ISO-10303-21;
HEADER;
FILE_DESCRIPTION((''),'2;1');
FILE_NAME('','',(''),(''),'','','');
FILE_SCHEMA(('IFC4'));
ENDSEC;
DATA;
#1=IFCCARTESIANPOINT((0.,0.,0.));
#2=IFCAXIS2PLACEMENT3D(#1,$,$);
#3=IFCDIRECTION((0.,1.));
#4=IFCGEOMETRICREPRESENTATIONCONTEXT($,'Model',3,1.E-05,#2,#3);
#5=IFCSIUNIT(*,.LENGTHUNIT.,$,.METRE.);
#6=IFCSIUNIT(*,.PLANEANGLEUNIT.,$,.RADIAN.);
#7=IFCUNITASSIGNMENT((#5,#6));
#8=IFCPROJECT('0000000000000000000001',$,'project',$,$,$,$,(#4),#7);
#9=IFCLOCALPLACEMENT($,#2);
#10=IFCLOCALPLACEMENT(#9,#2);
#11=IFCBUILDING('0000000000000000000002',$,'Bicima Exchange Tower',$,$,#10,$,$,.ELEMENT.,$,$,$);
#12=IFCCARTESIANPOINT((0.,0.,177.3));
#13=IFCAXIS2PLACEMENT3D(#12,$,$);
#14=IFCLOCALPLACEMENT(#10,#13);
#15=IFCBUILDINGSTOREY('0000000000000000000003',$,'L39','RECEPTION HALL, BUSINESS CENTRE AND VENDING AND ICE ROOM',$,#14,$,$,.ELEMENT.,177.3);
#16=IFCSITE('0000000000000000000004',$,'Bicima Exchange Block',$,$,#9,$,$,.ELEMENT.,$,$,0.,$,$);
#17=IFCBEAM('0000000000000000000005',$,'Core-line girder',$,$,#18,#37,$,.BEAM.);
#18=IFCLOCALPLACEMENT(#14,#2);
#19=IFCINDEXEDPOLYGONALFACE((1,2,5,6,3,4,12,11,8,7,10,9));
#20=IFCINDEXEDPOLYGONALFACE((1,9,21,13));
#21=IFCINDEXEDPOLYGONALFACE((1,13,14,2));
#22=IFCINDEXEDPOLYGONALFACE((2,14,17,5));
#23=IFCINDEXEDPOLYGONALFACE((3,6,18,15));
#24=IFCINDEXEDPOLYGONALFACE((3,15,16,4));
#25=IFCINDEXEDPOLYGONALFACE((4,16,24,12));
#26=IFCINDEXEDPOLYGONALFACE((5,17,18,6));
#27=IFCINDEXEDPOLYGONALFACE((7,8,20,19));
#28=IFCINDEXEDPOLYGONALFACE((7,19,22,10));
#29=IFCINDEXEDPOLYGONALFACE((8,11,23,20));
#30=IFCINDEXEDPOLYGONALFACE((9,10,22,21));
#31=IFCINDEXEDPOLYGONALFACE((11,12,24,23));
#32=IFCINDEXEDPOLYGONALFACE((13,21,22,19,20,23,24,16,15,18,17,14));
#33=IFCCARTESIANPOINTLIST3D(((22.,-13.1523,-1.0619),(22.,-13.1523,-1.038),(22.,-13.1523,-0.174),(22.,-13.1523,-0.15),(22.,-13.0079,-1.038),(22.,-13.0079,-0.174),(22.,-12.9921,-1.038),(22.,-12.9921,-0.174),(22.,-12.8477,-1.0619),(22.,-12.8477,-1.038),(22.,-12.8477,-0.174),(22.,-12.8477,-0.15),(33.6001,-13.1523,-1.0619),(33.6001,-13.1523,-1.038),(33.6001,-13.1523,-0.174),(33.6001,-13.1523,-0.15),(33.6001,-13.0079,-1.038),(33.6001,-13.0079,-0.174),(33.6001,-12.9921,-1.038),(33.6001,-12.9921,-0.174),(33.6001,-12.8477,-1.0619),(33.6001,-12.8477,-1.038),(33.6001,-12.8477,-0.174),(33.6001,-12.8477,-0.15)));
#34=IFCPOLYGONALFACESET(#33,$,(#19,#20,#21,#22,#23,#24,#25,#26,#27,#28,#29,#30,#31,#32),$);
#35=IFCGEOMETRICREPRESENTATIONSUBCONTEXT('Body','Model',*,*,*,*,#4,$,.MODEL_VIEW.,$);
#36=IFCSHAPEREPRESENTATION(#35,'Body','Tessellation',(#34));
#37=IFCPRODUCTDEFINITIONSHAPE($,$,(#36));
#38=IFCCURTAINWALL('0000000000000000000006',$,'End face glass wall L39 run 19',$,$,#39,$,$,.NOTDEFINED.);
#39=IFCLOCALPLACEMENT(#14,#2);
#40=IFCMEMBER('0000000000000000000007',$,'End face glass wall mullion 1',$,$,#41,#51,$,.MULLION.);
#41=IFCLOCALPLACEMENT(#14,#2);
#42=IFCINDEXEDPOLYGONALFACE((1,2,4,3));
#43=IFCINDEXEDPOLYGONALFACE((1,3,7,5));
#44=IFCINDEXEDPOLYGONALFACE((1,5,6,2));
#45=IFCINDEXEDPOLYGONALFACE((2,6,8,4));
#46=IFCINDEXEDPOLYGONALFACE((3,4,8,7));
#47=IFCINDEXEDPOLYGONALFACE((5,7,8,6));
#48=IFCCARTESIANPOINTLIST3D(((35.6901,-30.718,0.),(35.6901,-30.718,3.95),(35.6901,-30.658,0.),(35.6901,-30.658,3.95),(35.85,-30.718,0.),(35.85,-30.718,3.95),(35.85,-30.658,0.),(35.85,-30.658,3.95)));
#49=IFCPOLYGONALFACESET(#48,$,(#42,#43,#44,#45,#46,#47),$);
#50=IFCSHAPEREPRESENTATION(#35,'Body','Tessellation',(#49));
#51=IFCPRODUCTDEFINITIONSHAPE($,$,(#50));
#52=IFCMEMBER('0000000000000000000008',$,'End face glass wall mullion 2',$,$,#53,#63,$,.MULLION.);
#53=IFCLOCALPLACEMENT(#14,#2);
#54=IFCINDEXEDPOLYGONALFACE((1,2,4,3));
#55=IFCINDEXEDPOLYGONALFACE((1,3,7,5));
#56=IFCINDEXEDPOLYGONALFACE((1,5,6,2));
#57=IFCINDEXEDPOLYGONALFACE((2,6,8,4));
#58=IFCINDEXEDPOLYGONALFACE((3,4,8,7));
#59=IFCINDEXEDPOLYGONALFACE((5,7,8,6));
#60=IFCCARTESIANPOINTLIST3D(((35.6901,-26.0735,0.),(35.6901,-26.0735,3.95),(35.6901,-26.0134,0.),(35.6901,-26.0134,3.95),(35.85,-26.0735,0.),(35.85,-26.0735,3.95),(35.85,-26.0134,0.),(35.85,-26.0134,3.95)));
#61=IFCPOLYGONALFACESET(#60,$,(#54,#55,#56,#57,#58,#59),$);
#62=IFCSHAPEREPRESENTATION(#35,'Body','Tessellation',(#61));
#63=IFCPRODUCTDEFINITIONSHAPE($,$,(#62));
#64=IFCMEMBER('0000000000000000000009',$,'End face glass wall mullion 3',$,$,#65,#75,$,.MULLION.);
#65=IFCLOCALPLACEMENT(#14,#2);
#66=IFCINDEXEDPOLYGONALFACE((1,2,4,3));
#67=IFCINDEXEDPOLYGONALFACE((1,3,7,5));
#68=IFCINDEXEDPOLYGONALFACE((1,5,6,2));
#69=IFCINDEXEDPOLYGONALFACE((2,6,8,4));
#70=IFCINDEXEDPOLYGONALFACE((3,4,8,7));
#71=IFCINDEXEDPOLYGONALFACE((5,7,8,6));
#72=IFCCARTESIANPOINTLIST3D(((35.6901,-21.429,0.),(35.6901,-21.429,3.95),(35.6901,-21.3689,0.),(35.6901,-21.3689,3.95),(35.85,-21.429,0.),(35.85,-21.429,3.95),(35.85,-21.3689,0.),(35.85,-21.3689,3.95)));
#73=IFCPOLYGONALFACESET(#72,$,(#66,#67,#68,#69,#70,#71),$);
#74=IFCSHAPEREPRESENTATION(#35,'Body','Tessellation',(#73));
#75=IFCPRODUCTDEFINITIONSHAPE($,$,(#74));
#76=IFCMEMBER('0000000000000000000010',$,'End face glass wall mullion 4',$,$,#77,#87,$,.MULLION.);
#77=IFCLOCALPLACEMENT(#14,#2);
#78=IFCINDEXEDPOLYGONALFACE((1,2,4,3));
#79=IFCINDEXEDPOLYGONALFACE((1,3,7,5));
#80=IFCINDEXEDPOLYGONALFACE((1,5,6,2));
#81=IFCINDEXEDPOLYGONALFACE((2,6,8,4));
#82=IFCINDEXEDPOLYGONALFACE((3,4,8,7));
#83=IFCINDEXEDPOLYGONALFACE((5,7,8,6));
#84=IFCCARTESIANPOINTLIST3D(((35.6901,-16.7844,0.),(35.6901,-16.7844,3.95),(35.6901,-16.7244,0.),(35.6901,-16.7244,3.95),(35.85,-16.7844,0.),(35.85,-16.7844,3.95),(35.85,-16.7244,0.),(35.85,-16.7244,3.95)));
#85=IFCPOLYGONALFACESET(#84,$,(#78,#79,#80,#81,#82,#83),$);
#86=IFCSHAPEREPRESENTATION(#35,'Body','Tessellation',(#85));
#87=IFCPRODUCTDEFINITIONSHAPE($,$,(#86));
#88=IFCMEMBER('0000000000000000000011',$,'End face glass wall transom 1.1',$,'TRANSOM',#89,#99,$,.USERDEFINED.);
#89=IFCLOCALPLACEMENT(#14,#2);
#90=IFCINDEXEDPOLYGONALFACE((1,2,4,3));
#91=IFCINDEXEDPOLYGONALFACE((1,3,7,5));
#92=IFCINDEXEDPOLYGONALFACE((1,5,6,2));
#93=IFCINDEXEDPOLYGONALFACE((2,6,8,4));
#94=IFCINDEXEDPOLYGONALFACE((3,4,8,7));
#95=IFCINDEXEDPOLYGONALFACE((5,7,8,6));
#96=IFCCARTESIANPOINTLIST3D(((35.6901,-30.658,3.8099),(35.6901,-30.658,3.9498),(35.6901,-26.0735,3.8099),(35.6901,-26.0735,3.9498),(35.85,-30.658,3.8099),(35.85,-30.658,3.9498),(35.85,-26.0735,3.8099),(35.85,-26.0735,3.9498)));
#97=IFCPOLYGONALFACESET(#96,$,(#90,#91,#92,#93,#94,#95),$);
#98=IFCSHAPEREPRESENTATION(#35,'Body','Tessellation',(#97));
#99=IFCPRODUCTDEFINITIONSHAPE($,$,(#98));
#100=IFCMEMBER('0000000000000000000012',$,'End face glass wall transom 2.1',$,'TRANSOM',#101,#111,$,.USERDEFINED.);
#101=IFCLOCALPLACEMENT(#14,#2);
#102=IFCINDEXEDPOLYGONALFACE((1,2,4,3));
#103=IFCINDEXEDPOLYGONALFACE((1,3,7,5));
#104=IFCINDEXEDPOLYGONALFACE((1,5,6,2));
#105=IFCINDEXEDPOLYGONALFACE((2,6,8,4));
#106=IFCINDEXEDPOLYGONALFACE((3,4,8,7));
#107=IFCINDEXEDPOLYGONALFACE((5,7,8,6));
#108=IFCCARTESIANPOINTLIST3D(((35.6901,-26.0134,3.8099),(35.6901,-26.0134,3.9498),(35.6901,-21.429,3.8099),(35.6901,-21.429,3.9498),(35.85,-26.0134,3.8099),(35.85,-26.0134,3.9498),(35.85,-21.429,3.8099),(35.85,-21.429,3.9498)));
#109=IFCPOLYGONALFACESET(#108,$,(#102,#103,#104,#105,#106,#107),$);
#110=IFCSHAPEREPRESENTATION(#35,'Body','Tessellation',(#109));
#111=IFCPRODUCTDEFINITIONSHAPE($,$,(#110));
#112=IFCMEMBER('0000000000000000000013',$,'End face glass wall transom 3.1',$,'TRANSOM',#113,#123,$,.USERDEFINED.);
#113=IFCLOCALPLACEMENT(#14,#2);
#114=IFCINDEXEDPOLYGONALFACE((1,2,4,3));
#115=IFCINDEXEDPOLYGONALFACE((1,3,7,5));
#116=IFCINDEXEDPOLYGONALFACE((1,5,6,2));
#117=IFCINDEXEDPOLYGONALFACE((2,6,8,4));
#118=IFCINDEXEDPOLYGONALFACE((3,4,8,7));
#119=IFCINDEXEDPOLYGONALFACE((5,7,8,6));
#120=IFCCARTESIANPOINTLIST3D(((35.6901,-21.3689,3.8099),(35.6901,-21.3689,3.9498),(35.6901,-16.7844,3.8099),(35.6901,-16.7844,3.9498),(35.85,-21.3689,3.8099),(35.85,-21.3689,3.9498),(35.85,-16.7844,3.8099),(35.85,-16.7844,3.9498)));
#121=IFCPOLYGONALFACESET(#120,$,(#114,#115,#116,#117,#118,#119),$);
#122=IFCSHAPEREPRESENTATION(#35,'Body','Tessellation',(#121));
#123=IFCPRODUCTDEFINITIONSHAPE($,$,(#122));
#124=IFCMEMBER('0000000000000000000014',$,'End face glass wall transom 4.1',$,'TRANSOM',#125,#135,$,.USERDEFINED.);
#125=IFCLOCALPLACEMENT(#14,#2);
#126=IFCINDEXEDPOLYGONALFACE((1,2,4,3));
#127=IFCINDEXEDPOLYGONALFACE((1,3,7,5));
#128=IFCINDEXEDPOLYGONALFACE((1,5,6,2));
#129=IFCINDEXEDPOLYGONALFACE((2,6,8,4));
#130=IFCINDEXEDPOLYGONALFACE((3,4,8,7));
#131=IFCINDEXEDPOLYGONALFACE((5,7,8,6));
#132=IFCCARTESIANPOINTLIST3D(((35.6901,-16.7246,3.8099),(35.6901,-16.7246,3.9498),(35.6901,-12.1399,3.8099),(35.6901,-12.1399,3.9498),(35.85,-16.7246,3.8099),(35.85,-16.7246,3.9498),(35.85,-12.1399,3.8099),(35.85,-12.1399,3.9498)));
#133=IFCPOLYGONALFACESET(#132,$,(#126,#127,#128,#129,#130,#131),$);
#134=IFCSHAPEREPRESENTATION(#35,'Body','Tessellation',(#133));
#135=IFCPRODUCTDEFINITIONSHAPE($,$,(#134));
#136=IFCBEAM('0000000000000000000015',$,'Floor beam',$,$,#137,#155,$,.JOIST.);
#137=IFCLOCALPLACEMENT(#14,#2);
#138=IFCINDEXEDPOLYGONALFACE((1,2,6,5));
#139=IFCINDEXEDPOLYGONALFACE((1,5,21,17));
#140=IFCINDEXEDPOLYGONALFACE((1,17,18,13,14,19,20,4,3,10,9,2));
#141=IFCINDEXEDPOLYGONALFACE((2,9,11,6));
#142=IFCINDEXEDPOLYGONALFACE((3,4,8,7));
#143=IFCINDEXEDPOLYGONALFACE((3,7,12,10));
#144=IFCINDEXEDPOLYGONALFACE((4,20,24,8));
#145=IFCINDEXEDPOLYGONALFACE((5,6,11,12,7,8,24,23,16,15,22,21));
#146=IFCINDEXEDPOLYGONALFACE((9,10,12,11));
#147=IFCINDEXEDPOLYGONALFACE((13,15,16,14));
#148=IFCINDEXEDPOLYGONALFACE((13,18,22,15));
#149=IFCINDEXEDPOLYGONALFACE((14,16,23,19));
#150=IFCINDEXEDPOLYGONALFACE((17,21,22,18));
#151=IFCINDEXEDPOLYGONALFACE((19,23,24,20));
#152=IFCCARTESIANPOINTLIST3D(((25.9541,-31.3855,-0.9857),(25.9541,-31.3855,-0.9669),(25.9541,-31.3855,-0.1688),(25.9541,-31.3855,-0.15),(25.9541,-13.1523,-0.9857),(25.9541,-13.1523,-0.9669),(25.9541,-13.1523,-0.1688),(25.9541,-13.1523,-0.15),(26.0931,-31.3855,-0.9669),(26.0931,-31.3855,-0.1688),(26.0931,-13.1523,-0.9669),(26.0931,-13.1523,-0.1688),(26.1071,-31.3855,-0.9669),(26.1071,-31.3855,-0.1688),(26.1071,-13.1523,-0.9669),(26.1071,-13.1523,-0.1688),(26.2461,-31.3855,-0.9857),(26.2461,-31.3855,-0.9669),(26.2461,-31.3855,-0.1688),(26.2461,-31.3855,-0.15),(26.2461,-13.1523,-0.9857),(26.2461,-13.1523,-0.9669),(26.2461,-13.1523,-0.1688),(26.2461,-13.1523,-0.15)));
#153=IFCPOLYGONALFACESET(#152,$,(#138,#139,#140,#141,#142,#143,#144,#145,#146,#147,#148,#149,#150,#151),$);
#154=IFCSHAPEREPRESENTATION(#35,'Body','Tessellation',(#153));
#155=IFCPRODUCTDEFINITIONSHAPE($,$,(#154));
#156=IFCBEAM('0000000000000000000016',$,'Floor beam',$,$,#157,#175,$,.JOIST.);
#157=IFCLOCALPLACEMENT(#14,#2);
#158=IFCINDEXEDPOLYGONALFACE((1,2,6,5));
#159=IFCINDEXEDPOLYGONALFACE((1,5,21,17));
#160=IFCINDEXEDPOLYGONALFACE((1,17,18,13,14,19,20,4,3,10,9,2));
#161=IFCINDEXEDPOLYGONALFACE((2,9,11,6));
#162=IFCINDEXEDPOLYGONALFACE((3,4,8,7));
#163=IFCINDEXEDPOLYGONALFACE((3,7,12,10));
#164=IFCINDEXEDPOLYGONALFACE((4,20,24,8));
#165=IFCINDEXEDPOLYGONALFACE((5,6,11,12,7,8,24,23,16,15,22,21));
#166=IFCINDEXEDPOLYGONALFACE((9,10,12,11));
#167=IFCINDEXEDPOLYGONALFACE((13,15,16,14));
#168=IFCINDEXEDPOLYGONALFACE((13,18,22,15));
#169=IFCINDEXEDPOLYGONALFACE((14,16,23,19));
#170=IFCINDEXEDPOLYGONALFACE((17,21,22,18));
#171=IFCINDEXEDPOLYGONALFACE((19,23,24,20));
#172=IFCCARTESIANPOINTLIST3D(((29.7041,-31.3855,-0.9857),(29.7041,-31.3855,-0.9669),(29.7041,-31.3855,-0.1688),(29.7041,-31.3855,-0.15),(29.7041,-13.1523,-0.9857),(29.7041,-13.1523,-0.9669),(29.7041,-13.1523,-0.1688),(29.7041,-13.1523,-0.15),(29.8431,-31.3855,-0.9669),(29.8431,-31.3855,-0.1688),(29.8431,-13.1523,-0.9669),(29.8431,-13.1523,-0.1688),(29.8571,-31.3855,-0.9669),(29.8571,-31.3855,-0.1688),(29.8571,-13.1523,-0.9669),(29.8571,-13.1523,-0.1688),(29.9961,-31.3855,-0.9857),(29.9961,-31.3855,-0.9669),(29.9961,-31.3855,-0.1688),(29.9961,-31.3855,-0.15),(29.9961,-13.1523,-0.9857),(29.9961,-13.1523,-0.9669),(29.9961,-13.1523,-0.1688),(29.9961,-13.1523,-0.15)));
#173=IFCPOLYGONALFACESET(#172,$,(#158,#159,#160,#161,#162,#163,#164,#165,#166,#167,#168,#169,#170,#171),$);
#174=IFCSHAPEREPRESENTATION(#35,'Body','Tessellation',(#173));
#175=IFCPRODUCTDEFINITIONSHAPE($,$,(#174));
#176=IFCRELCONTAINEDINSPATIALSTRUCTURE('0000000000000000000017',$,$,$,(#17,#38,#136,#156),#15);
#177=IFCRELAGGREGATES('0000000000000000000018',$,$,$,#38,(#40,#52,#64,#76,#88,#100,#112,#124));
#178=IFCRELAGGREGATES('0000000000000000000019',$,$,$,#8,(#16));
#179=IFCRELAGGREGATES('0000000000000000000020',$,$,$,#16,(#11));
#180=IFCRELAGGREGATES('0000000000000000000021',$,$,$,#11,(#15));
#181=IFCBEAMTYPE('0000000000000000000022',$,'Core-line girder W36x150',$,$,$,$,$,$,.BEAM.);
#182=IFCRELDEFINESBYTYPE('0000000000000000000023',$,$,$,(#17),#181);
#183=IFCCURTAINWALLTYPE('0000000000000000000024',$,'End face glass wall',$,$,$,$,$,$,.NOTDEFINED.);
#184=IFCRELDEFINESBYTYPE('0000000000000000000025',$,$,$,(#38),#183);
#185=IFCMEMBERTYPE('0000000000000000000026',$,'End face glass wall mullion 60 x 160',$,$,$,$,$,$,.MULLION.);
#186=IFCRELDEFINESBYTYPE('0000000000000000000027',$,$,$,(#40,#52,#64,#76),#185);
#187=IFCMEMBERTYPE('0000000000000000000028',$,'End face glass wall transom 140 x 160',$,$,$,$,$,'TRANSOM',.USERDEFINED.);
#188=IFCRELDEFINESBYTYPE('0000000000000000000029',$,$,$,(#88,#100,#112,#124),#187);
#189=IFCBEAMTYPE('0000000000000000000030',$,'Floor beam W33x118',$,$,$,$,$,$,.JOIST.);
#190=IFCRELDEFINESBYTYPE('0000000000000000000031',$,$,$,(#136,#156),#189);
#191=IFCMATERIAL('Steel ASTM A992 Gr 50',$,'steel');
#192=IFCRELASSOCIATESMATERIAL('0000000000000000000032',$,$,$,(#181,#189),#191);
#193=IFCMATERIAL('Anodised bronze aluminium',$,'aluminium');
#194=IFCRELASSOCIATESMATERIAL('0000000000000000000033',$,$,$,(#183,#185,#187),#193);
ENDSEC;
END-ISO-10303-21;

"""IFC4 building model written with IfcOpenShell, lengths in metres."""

from ifc_helpers import new_model, si_unit, direction, frame, origin, origin_2d, place, context, subcontext, project, spatial, rectangle, i_section, extrude, material, material_profile, profile_set, type_object, element, aggregate, save


model = new_model("IFC4")

# Units and contexts
model_context = context("Model", 3, precision=1e-05, world=origin(), true_north=direction((0.0, 1.0)))
body_context = subcontext(model_context, "Body", "Model", "MODEL_VIEW")
ifc_project = project(units=[si_unit("LENGTHUNIT", "METRE"), si_unit("PLANEANGLEUNIT", "RADIAN")], contexts=[model_context])

# Site, building, storey
site_placement = place(None, origin())
site = spatial("IfcSite", under=ifc_project, at=site_placement, Name="Bicima Exchange Block", CompositionType="ELEMENT", RefElevation=0.0)
building_placement = place(site_placement, origin())
building = spatial("IfcBuilding", under=site, at=building_placement, Name="Bicima Exchange Tower", CompositionType="ELEMENT")
storey_placement = place(building_placement, frame((0.0, 0.0, 177.3)))
storey = spatial("IfcBuildingStorey", under=building, at=storey_placement, Name="L39", Description="RECEPTION HALL, BUSINESS CENTRE AND VENDING AND ICE ROOM", CompositionType="ELEMENT", Elevation=177.3)

# Beam
ifc_material_1 = material(Name="Steel ASTM A992 Gr 50", Category="steel")
ifc_material_profile_1 = material_profile(ifc_material_1, i_section(OverallWidth=0.3047, OverallDepth=0.9119, WebThickness=0.0159, FlangeThickness=0.0239, at=origin_2d()))
ifc_profile_set_1 = profile_set([ifc_material_profile_1], Name="Steel ASTM A992 Gr 50")
beam_type_1 = type_object("IfcBeamType", Name="Core-line girder W36x150", PredefinedType="BEAM", material=ifc_profile_set_1)
beam_1_placement = place(storey_placement, frame((22.0, -13.0, -0.606), z_axis=(1.0, 0.0, 0.0), x_axis=(0.0, 1.0, 0.0)))
element("IfcBeam", 1, at=beam_1_placement, inside=storey, type_object=beam_type_1, Name="Core-line girder", PredefinedType="BEAM", context=body_context, shape_type="SweptSolid", body=[
    extrude(i_section(OverallWidth=0.3047, OverallDepth=0.9119, WebThickness=0.0159, FlangeThickness=0.0239, at=origin_2d()), origin(), (0.0, 0.0, 1.0), 11.6001),
])

# Curtain wall, members
ifc_material_2 = material(Name="Anodised bronze aluminium", Category="aluminium")
curtain_wall_type_1 = type_object("IfcCurtainWallType", Name="End face glass wall", PredefinedType="NOTDEFINED", material=ifc_material_2)
curtain_wall_1_placement = place(storey_placement, origin())
curtain_wall_1 = element("IfcCurtainWall", 2, at=curtain_wall_1_placement, inside=storey, type_object=curtain_wall_type_1, Name="End face glass wall L39 run 19", PredefinedType="NOTDEFINED")
ifc_material_profile_2 = material_profile(ifc_material_2, rectangle(XDim=0.1599, YDim=0.0601, at=origin_2d()))
ifc_profile_set_2 = profile_set([ifc_material_profile_2], Name="Anodised bronze aluminium")
member_type_1 = type_object("IfcMemberType", Name="End face glass wall mullion 60 x 160", PredefinedType="MULLION", material=ifc_profile_set_2)
member_1_placement = place(storey_placement, frame((35.77, -30.688, 0.0), z_axis=(0.0, 0.0, 1.0), x_axis=(-1.0, 0.0, 0.0)))
member_1 = element("IfcMember", 3, at=member_1_placement, type_object=member_type_1, Name="End face glass wall mullion 1", PredefinedType="MULLION", context=body_context, shape_type="SweptSolid", body=[
    extrude(rectangle(XDim=0.1599, YDim=0.0601, at=origin_2d()), origin(), (0.0, 0.0, 1.0), 3.95),
])
member_2_placement = place(storey_placement, frame((35.77, -26.0435, 0.0), z_axis=(0.0, 0.0, 1.0), x_axis=(-1.0, 0.0, 0.0)))
member_2 = element("IfcMember", 4, at=member_2_placement, type_object=member_type_1, Name="End face glass wall mullion 2", PredefinedType="MULLION", context=body_context, shape_type="SweptSolid", body=[
    extrude(rectangle(XDim=0.1599, YDim=0.0601, at=origin_2d()), origin(), (0.0, 0.0, 1.0), 3.95),
])
member_3_placement = place(storey_placement, frame((35.77, -21.3989, 0.0), z_axis=(0.0, 0.0, 1.0), x_axis=(-1.0, 0.0, 0.0)))
member_3 = element("IfcMember", 5, at=member_3_placement, type_object=member_type_1, Name="End face glass wall mullion 3", PredefinedType="MULLION", context=body_context, shape_type="SweptSolid", body=[
    extrude(rectangle(XDim=0.1599, YDim=0.0601, at=origin_2d()), origin(), (0.0, 0.0, 1.0), 3.95),
])
member_4_placement = place(storey_placement, frame((35.77, -16.7544, 0.0), z_axis=(0.0, 0.0, 1.0), x_axis=(-1.0, 0.0, 0.0)))
member_4 = element("IfcMember", 6, at=member_4_placement, type_object=member_type_1, Name="End face glass wall mullion 4", PredefinedType="MULLION", context=body_context, shape_type="SweptSolid", body=[
    extrude(rectangle(XDim=0.1599, YDim=0.0601, at=origin_2d()), origin(), (0.0, 0.0, 1.0), 3.95),
])
ifc_material_profile_3 = material_profile(ifc_material_2, rectangle(XDim=0.1599, YDim=0.1399, at=origin_2d()))
ifc_profile_set_3 = profile_set([ifc_material_profile_3], Name="Anodised bronze aluminium")
member_type_2 = type_object("IfcMemberType", Name="End face glass wall transom 140 x 160", ElementType="TRANSOM", PredefinedType="USERDEFINED", material=ifc_profile_set_3)
member_5_placement = place(storey_placement, frame((35.77, -30.658, 3.8799), z_axis=(0.0, 1.0, 0.0), x_axis=(-1.0, 0.0, 0.0)))
member_5 = element("IfcMember", 7, at=member_5_placement, type_object=member_type_2, Name="End face glass wall transom 1.1", ObjectType="TRANSOM", PredefinedType="USERDEFINED", context=body_context, shape_type="SweptSolid", body=[
    extrude(rectangle(XDim=0.1599, YDim=0.1399, at=origin_2d()), origin(), (0.0, 0.0, 1.0), 4.5845),
])
member_6_placement = place(storey_placement, frame((35.77, -26.0134, 3.8799), z_axis=(0.0, 1.0, 0.0), x_axis=(-1.0, 0.0, 0.0)))
member_6 = element("IfcMember", 8, at=member_6_placement, type_object=member_type_2, Name="End face glass wall transom 2.1", ObjectType="TRANSOM", PredefinedType="USERDEFINED", context=body_context, shape_type="SweptSolid", body=[
    extrude(rectangle(XDim=0.1599, YDim=0.1399, at=origin_2d()), origin(), (0.0, 0.0, 1.0), 4.5845),
])
member_7_placement = place(storey_placement, frame((35.77, -21.3689, 3.8799), z_axis=(0.0, 1.0, 0.0), x_axis=(-1.0, 0.0, 0.0)))
member_7 = element("IfcMember", 9, at=member_7_placement, type_object=member_type_2, Name="End face glass wall transom 3.1", ObjectType="TRANSOM", PredefinedType="USERDEFINED", context=body_context, shape_type="SweptSolid", body=[
    extrude(rectangle(XDim=0.1599, YDim=0.1399, at=origin_2d()), origin(), (0.0, 0.0, 1.0), 4.5845),
])
member_8_placement = place(storey_placement, frame((35.77, -16.7246, 3.8799), z_axis=(0.0, 1.0, 0.0), x_axis=(-1.0, 0.0, 0.0)))
member_8 = element("IfcMember", 10, at=member_8_placement, type_object=member_type_2, Name="End face glass wall transom 4.1", ObjectType="TRANSOM", PredefinedType="USERDEFINED", context=body_context, shape_type="SweptSolid", body=[
    extrude(rectangle(XDim=0.1599, YDim=0.1399, at=origin_2d()), origin(), (0.0, 0.0, 1.0), 4.5847),
])

# Beams
ifc_material_profile_4 = material_profile(ifc_material_1, i_section(OverallWidth=0.292, OverallDepth=0.8357, WebThickness=0.0139, FlangeThickness=0.0188, at=origin_2d()))
ifc_profile_set_4 = profile_set([ifc_material_profile_4], Name="Steel ASTM A992 Gr 50")
beam_type_2 = type_object("IfcBeamType", Name="Floor beam W33x118", PredefinedType="JOIST", material=ifc_profile_set_4)
for number, where, z_axis, x_axis, name in (
    (11, (26.1001, -13.1523, -0.5679), (0.0, -1.0, 0.0), (1.0, 0.0, 0.0), "Floor beam"),
    (12, (29.8501, -13.1523, -0.5679), (0.0, -1.0, 0.0), (1.0, 0.0, 0.0), "Floor beam"),
):
    element("IfcBeam", number, at=place(storey_placement, frame(where, z_axis=z_axis, x_axis=x_axis)), inside=storey, type_object=beam_type_2, Name=name, PredefinedType="JOIST", context=body_context, shape_type="SweptSolid", body=[
        extrude(i_section(OverallWidth=0.292, OverallDepth=0.8357, WebThickness=0.0139, FlangeThickness=0.0188, at=origin_2d()), origin(), (0.0, 0.0, 1.0), 18.2332),
    ])

aggregate(curtain_wall_1, [member_1, member_2, member_3, member_4, member_5, member_6, member_7, member_8])

save(model, "model.ifc")
